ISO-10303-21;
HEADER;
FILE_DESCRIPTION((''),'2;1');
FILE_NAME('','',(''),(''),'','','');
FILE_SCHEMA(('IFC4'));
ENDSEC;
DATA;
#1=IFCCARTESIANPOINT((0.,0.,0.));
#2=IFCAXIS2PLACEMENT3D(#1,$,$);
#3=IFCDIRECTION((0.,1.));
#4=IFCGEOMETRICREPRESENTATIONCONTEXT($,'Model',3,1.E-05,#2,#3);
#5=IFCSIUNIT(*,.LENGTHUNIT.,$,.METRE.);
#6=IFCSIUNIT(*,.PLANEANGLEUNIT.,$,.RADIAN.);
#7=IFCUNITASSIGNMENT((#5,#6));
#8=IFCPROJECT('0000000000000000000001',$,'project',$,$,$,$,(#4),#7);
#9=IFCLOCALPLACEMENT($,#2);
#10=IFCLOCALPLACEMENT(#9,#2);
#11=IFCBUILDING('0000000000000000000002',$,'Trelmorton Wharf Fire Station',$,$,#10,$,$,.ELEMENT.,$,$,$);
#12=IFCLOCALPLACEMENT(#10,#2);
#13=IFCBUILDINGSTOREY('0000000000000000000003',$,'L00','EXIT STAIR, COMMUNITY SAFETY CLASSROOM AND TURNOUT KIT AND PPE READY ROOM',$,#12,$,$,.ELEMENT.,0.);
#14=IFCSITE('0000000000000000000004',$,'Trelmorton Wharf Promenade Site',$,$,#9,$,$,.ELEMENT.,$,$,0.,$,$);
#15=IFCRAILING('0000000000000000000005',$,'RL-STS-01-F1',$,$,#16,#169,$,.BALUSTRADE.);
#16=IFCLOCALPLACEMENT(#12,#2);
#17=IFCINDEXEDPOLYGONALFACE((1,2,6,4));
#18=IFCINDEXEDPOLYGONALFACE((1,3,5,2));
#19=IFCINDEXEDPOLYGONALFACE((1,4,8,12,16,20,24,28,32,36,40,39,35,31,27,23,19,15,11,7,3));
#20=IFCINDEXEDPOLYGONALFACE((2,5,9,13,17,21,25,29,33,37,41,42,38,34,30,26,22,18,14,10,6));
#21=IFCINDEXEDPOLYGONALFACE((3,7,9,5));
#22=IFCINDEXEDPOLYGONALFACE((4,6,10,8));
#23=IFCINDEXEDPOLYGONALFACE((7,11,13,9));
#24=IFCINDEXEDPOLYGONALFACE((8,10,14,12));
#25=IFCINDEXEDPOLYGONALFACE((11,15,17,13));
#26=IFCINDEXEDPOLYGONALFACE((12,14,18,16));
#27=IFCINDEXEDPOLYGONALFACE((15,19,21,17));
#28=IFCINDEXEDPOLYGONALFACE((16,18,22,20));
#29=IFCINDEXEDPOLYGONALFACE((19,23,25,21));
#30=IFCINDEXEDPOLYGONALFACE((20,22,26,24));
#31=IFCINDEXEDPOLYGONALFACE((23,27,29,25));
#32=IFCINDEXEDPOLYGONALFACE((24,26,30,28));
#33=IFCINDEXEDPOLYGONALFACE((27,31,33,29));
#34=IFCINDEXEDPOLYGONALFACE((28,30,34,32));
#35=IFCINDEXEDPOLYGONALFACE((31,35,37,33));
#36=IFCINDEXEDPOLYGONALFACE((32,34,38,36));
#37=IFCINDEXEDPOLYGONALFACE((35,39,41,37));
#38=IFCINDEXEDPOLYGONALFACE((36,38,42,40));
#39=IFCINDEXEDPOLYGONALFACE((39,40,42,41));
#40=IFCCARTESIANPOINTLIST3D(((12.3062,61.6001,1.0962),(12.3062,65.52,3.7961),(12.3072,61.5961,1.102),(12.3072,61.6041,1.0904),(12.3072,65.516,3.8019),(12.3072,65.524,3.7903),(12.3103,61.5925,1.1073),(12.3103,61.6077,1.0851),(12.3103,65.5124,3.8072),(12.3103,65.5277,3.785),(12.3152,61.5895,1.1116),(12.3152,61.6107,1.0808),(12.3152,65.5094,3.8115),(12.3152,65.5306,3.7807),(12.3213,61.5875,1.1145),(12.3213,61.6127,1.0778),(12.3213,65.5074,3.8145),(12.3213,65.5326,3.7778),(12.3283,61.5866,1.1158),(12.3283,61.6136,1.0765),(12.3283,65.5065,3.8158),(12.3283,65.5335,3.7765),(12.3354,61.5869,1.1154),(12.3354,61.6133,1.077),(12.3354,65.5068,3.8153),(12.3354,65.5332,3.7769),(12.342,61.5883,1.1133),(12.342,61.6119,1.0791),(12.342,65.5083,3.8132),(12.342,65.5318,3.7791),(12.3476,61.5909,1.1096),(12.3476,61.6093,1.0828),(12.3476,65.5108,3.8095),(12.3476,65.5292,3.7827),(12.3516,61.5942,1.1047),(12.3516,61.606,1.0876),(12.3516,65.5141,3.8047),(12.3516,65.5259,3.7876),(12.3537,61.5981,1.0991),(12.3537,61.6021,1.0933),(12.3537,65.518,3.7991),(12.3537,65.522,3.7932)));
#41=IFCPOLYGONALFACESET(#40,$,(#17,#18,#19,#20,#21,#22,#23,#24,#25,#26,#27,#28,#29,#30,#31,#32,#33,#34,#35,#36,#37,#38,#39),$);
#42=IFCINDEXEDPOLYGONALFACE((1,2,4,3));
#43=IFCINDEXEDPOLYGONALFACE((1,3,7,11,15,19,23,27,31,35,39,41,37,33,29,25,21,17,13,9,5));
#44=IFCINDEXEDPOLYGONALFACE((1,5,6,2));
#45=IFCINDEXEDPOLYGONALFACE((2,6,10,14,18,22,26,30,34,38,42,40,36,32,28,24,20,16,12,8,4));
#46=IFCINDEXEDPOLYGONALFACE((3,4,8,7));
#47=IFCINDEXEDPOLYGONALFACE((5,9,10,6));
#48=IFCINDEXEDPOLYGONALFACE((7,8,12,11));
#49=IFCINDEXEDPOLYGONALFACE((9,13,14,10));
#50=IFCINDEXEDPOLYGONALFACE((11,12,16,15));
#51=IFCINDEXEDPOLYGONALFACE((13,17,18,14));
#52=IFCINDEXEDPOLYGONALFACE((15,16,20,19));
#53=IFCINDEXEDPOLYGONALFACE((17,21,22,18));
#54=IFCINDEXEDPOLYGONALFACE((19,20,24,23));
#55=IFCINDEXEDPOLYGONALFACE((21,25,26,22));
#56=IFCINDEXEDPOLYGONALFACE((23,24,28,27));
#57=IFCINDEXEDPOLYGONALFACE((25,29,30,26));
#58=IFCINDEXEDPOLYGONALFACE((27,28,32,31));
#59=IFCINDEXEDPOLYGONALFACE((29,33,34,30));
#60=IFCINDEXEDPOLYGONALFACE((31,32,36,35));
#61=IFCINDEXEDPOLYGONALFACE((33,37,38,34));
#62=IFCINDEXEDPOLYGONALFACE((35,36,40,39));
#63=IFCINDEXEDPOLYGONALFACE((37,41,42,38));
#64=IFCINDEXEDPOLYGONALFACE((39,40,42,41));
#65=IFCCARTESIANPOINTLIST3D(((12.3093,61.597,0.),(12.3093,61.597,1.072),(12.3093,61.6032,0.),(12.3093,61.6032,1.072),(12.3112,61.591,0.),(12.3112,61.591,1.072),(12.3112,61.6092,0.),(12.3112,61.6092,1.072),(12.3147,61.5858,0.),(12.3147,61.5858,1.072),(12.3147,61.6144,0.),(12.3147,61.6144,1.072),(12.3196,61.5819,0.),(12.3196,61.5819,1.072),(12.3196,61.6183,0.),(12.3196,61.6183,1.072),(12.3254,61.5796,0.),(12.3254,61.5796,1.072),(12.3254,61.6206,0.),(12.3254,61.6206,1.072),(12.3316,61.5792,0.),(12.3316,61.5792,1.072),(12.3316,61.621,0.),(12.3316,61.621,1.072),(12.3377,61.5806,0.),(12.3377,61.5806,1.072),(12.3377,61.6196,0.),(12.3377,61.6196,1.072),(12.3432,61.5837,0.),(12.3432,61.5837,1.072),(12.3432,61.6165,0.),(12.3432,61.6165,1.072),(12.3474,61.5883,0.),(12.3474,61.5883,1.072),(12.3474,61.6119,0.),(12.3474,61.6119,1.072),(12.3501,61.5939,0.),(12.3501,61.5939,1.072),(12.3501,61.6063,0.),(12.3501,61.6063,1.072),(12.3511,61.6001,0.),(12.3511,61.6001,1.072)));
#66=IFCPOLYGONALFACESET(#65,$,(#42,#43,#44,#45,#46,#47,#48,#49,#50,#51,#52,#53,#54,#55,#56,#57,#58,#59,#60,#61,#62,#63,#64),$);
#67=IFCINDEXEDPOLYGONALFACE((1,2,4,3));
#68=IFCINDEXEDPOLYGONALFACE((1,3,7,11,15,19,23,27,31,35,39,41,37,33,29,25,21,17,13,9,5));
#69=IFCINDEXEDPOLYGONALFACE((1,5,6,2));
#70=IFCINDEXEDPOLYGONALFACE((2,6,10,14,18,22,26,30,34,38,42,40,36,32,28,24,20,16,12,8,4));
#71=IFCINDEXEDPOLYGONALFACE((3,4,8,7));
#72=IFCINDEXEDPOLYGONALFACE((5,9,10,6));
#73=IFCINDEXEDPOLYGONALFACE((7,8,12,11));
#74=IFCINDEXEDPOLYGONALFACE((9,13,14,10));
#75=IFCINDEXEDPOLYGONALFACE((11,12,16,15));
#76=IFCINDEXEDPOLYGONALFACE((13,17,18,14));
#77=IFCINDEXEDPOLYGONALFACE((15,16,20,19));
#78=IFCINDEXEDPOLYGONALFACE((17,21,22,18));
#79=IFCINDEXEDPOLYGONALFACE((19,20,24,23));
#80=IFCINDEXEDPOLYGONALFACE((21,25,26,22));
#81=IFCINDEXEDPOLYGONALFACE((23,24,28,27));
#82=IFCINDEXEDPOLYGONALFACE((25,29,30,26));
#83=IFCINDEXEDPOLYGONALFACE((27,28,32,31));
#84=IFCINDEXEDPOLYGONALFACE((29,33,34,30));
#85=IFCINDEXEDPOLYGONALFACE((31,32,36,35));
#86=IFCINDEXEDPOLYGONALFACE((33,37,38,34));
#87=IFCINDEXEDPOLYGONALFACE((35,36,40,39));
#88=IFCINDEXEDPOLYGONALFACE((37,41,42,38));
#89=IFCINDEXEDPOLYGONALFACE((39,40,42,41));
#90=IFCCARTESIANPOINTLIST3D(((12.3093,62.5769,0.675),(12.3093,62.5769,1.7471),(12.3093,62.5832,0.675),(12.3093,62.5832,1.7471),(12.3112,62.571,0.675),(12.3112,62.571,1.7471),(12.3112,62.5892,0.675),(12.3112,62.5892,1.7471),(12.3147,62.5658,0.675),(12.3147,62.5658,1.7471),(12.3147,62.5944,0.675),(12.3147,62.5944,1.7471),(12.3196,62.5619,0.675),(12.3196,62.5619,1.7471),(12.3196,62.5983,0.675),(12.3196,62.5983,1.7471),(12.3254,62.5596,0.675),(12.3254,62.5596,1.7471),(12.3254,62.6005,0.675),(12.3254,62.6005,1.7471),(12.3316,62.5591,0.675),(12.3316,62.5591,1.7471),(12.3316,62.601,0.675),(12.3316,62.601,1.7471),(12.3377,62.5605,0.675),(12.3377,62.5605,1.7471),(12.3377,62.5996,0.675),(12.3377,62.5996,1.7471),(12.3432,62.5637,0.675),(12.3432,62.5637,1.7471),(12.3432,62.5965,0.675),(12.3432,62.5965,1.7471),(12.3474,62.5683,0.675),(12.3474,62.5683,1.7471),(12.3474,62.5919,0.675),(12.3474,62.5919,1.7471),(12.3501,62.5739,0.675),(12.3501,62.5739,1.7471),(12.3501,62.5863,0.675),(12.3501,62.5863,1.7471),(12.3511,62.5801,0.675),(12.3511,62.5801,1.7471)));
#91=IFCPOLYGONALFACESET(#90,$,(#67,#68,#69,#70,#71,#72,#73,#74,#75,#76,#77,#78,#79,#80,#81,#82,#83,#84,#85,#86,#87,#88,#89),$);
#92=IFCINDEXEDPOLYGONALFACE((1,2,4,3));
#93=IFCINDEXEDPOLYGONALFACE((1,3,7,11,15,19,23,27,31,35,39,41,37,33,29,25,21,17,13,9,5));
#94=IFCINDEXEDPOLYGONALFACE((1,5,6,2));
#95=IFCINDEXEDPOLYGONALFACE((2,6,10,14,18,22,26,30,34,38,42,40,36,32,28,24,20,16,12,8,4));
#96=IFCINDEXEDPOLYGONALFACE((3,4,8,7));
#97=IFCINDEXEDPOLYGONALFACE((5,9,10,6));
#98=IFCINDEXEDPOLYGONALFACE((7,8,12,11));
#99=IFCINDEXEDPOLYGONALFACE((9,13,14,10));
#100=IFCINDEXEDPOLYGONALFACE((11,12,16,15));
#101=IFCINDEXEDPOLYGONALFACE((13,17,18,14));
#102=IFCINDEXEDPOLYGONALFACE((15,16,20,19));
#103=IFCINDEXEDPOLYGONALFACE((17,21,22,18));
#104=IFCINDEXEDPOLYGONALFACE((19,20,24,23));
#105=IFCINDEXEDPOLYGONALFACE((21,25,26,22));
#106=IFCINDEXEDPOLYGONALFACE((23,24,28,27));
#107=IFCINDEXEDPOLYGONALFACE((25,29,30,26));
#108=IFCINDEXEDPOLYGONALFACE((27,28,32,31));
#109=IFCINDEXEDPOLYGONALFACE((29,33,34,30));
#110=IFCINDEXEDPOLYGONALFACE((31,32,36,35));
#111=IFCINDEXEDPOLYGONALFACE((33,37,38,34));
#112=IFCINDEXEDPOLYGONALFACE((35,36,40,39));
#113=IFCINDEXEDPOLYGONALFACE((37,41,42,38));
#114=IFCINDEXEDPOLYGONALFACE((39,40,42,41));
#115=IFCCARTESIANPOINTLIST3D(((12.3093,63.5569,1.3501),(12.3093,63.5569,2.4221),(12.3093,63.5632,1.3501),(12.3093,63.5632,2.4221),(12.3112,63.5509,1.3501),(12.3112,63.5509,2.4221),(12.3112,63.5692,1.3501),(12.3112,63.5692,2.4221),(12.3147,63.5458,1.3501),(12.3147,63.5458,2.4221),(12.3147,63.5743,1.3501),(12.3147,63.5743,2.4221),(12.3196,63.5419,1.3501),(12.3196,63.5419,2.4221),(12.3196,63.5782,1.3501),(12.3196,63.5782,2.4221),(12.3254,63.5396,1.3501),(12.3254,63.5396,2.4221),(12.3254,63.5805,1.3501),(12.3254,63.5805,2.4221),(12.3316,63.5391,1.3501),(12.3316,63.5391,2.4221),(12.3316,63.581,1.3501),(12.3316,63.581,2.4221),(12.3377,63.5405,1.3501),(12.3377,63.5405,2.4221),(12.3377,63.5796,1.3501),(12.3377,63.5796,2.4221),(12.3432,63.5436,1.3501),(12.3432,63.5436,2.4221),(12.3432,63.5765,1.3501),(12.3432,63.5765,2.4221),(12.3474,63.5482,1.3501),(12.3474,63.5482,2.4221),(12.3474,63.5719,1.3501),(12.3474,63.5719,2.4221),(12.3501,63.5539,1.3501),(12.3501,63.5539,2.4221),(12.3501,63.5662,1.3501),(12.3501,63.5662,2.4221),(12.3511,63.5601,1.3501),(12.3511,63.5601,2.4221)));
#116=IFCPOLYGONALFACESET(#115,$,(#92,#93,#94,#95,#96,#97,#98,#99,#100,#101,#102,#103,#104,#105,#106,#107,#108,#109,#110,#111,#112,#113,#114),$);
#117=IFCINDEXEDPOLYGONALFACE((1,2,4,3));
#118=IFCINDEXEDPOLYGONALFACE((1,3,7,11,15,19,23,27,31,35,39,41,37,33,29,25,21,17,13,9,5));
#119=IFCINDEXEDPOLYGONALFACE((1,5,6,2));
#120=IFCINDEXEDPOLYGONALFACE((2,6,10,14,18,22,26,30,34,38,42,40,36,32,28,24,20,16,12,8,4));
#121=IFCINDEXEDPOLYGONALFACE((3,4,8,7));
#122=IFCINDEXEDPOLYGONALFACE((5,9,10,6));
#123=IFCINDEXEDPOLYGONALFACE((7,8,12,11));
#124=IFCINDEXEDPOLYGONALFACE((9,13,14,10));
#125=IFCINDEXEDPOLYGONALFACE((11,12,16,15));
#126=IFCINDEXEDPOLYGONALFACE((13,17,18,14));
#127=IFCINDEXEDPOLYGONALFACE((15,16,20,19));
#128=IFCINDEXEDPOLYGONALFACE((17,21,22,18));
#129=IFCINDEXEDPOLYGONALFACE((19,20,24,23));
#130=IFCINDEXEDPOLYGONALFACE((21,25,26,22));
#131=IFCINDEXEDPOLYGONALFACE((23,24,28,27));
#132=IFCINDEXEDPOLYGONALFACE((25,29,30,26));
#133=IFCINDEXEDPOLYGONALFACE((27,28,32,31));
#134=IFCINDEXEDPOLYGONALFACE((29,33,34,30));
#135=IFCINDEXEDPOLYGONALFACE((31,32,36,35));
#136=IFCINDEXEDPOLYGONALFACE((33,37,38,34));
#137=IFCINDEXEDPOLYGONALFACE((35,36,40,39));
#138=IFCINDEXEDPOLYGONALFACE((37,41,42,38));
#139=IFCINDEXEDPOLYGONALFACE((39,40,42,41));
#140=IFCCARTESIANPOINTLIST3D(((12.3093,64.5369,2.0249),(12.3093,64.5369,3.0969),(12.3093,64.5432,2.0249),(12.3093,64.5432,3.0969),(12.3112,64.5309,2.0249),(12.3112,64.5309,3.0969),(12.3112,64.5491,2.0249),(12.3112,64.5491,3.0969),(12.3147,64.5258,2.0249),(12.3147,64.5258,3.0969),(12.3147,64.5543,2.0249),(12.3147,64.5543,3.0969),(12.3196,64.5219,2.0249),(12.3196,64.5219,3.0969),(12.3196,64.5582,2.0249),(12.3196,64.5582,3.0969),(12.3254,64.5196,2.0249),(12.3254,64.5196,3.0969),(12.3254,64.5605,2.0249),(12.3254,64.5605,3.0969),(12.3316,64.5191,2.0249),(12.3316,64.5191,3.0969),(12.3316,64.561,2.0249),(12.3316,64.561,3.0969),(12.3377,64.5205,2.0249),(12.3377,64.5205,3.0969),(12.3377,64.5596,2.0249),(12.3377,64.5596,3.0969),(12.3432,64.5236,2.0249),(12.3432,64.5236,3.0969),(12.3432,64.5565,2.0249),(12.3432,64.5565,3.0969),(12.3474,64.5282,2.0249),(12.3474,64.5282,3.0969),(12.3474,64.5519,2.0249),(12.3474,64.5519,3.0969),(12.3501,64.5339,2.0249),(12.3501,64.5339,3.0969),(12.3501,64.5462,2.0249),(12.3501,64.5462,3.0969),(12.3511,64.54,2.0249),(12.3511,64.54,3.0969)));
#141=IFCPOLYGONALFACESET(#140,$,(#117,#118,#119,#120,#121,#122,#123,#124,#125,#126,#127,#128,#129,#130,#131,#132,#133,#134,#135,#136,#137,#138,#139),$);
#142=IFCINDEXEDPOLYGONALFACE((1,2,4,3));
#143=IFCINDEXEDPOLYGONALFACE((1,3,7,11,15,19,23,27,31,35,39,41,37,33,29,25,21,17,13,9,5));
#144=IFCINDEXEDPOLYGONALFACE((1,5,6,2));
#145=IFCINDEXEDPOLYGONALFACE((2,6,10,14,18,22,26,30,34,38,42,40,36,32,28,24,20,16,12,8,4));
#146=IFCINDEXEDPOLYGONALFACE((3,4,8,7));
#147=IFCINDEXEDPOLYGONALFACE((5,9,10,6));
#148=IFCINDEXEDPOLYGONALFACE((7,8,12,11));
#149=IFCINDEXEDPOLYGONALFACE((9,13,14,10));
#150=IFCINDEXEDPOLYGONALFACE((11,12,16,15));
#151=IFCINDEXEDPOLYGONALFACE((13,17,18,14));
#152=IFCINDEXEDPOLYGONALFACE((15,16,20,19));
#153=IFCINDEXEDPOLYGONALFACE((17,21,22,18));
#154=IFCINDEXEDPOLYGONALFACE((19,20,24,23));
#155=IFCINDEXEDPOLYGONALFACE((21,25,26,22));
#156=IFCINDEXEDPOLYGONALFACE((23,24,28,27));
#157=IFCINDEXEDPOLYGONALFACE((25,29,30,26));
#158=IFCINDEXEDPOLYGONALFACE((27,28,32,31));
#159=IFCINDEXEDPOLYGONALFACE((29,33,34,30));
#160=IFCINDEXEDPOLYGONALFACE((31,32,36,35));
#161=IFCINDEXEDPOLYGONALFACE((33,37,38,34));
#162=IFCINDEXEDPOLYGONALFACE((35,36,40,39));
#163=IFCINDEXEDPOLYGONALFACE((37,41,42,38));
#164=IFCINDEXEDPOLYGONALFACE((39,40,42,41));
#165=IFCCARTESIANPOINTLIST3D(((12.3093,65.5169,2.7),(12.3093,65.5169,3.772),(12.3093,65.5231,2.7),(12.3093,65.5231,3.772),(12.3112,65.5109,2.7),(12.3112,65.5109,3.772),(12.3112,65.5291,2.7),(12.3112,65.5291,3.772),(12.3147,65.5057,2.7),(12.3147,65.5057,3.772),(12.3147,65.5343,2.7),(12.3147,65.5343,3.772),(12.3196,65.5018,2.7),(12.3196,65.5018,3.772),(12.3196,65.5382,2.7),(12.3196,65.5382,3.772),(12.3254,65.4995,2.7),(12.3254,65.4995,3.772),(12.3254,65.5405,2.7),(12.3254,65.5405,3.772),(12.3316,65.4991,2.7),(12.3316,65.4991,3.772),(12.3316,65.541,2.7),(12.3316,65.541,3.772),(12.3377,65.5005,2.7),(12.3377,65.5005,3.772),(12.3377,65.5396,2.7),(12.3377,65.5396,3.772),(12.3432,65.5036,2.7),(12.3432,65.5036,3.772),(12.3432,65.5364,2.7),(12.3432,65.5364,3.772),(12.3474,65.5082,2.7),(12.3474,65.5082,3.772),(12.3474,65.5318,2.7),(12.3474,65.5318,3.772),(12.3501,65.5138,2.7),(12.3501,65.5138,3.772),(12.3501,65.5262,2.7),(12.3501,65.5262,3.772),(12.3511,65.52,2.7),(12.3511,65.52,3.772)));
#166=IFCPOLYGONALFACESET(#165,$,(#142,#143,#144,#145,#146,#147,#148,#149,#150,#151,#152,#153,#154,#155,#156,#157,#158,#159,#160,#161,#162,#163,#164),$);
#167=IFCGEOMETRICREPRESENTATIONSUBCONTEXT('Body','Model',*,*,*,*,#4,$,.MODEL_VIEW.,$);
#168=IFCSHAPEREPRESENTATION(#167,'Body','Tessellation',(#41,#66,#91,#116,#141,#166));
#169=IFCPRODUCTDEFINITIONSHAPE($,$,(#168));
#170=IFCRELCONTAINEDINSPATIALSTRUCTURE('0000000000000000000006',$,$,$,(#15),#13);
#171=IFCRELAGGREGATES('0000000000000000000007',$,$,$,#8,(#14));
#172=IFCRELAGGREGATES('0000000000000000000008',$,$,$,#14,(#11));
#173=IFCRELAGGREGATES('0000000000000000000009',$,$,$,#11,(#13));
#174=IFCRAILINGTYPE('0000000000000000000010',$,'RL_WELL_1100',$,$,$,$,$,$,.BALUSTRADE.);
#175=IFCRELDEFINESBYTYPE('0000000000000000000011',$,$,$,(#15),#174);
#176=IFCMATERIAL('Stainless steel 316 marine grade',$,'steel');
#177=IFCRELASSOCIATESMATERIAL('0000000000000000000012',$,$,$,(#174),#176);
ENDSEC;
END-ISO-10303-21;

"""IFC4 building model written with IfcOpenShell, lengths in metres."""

from ifc_helpers import new_model, si_unit, direction, frame, origin, origin_2d, place, context, subcontext, project, spatial, circle, extrude, material, type_object, element, save


model = new_model("IFC4")

# Units and contexts
model_context = context("Model", 3, precision=1e-05, world=origin(), true_north=direction((0.0, 1.0)))
body_context = subcontext(model_context, "Body", "Model", "MODEL_VIEW")
ifc_project = project(units=[si_unit("LENGTHUNIT", "METRE"), si_unit("PLANEANGLEUNIT", "RADIAN")], contexts=[model_context])

# Site, building, storey
site_placement = place(None, origin())
site = spatial("IfcSite", under=ifc_project, at=site_placement, Name="Trelmorton Wharf Promenade Site", CompositionType="ELEMENT", RefElevation=0.0)
building_placement = place(site_placement, origin())
building = spatial("IfcBuilding", under=site, at=building_placement, Name="Trelmorton Wharf Fire Station", CompositionType="ELEMENT")
storey_placement = place(building_placement, origin())
storey = spatial("IfcBuildingStorey", under=building, at=storey_placement, Name="L00", Description="EXIT STAIR, COMMUNITY SAFETY CLASSROOM AND TURNOUT KIT AND PPE READY ROOM", CompositionType="ELEMENT", Elevation=0.0)

# Shared definitions
ifc_material_1 = material(Name="Stainless steel 316 marine grade", Category="steel")

# Railing
railing_type = type_object("IfcRailingType", Name="RL_WELL_1100", PredefinedType="BALUSTRADE", material=ifc_material_1)
railing_1_placement = place(storey_placement, frame((12.3301, 61.6001, 0.0)))
element("IfcRailing", 1, at=railing_1_placement, inside=storey, type_object=railing_type, Name="RL-STS-01-F1", PredefinedType="BALUSTRADE", context=body_context, shape_type="SweptSolid", body=[
    extrude(circle(Radius=0.0239, at=origin_2d()), frame((0.0, 0.0, 1.0962), z_axis=(0.0, 0.823551, 0.567243), x_axis=(-1.0, 0.0, 0.0)), (0.0, 0.0, 1.0), 4.7598),
    extrude(circle(Radius=0.021, at=origin_2d()), origin(), (0.0, 0.0, 1.0), 1.072),
    extrude(circle(Radius=0.021, at=origin_2d()), frame((0.0, 0.98, 0.675)), (0.0, 0.0, 1.0), 1.072),
    extrude(circle(Radius=0.021, at=origin_2d()), frame((0.0, 1.96, 1.3501)), (0.0, 0.0, 1.0), 1.072),
    extrude(circle(Radius=0.021, at=origin_2d()), frame((0.0, 2.9399, 2.0249)), (0.0, 0.0, 1.0), 1.072),
    extrude(circle(Radius=0.021, at=origin_2d()), frame((0.0, 3.9199, 2.7)), (0.0, 0.0, 1.0), 1.072),
])

save(model, "model.ifc")
